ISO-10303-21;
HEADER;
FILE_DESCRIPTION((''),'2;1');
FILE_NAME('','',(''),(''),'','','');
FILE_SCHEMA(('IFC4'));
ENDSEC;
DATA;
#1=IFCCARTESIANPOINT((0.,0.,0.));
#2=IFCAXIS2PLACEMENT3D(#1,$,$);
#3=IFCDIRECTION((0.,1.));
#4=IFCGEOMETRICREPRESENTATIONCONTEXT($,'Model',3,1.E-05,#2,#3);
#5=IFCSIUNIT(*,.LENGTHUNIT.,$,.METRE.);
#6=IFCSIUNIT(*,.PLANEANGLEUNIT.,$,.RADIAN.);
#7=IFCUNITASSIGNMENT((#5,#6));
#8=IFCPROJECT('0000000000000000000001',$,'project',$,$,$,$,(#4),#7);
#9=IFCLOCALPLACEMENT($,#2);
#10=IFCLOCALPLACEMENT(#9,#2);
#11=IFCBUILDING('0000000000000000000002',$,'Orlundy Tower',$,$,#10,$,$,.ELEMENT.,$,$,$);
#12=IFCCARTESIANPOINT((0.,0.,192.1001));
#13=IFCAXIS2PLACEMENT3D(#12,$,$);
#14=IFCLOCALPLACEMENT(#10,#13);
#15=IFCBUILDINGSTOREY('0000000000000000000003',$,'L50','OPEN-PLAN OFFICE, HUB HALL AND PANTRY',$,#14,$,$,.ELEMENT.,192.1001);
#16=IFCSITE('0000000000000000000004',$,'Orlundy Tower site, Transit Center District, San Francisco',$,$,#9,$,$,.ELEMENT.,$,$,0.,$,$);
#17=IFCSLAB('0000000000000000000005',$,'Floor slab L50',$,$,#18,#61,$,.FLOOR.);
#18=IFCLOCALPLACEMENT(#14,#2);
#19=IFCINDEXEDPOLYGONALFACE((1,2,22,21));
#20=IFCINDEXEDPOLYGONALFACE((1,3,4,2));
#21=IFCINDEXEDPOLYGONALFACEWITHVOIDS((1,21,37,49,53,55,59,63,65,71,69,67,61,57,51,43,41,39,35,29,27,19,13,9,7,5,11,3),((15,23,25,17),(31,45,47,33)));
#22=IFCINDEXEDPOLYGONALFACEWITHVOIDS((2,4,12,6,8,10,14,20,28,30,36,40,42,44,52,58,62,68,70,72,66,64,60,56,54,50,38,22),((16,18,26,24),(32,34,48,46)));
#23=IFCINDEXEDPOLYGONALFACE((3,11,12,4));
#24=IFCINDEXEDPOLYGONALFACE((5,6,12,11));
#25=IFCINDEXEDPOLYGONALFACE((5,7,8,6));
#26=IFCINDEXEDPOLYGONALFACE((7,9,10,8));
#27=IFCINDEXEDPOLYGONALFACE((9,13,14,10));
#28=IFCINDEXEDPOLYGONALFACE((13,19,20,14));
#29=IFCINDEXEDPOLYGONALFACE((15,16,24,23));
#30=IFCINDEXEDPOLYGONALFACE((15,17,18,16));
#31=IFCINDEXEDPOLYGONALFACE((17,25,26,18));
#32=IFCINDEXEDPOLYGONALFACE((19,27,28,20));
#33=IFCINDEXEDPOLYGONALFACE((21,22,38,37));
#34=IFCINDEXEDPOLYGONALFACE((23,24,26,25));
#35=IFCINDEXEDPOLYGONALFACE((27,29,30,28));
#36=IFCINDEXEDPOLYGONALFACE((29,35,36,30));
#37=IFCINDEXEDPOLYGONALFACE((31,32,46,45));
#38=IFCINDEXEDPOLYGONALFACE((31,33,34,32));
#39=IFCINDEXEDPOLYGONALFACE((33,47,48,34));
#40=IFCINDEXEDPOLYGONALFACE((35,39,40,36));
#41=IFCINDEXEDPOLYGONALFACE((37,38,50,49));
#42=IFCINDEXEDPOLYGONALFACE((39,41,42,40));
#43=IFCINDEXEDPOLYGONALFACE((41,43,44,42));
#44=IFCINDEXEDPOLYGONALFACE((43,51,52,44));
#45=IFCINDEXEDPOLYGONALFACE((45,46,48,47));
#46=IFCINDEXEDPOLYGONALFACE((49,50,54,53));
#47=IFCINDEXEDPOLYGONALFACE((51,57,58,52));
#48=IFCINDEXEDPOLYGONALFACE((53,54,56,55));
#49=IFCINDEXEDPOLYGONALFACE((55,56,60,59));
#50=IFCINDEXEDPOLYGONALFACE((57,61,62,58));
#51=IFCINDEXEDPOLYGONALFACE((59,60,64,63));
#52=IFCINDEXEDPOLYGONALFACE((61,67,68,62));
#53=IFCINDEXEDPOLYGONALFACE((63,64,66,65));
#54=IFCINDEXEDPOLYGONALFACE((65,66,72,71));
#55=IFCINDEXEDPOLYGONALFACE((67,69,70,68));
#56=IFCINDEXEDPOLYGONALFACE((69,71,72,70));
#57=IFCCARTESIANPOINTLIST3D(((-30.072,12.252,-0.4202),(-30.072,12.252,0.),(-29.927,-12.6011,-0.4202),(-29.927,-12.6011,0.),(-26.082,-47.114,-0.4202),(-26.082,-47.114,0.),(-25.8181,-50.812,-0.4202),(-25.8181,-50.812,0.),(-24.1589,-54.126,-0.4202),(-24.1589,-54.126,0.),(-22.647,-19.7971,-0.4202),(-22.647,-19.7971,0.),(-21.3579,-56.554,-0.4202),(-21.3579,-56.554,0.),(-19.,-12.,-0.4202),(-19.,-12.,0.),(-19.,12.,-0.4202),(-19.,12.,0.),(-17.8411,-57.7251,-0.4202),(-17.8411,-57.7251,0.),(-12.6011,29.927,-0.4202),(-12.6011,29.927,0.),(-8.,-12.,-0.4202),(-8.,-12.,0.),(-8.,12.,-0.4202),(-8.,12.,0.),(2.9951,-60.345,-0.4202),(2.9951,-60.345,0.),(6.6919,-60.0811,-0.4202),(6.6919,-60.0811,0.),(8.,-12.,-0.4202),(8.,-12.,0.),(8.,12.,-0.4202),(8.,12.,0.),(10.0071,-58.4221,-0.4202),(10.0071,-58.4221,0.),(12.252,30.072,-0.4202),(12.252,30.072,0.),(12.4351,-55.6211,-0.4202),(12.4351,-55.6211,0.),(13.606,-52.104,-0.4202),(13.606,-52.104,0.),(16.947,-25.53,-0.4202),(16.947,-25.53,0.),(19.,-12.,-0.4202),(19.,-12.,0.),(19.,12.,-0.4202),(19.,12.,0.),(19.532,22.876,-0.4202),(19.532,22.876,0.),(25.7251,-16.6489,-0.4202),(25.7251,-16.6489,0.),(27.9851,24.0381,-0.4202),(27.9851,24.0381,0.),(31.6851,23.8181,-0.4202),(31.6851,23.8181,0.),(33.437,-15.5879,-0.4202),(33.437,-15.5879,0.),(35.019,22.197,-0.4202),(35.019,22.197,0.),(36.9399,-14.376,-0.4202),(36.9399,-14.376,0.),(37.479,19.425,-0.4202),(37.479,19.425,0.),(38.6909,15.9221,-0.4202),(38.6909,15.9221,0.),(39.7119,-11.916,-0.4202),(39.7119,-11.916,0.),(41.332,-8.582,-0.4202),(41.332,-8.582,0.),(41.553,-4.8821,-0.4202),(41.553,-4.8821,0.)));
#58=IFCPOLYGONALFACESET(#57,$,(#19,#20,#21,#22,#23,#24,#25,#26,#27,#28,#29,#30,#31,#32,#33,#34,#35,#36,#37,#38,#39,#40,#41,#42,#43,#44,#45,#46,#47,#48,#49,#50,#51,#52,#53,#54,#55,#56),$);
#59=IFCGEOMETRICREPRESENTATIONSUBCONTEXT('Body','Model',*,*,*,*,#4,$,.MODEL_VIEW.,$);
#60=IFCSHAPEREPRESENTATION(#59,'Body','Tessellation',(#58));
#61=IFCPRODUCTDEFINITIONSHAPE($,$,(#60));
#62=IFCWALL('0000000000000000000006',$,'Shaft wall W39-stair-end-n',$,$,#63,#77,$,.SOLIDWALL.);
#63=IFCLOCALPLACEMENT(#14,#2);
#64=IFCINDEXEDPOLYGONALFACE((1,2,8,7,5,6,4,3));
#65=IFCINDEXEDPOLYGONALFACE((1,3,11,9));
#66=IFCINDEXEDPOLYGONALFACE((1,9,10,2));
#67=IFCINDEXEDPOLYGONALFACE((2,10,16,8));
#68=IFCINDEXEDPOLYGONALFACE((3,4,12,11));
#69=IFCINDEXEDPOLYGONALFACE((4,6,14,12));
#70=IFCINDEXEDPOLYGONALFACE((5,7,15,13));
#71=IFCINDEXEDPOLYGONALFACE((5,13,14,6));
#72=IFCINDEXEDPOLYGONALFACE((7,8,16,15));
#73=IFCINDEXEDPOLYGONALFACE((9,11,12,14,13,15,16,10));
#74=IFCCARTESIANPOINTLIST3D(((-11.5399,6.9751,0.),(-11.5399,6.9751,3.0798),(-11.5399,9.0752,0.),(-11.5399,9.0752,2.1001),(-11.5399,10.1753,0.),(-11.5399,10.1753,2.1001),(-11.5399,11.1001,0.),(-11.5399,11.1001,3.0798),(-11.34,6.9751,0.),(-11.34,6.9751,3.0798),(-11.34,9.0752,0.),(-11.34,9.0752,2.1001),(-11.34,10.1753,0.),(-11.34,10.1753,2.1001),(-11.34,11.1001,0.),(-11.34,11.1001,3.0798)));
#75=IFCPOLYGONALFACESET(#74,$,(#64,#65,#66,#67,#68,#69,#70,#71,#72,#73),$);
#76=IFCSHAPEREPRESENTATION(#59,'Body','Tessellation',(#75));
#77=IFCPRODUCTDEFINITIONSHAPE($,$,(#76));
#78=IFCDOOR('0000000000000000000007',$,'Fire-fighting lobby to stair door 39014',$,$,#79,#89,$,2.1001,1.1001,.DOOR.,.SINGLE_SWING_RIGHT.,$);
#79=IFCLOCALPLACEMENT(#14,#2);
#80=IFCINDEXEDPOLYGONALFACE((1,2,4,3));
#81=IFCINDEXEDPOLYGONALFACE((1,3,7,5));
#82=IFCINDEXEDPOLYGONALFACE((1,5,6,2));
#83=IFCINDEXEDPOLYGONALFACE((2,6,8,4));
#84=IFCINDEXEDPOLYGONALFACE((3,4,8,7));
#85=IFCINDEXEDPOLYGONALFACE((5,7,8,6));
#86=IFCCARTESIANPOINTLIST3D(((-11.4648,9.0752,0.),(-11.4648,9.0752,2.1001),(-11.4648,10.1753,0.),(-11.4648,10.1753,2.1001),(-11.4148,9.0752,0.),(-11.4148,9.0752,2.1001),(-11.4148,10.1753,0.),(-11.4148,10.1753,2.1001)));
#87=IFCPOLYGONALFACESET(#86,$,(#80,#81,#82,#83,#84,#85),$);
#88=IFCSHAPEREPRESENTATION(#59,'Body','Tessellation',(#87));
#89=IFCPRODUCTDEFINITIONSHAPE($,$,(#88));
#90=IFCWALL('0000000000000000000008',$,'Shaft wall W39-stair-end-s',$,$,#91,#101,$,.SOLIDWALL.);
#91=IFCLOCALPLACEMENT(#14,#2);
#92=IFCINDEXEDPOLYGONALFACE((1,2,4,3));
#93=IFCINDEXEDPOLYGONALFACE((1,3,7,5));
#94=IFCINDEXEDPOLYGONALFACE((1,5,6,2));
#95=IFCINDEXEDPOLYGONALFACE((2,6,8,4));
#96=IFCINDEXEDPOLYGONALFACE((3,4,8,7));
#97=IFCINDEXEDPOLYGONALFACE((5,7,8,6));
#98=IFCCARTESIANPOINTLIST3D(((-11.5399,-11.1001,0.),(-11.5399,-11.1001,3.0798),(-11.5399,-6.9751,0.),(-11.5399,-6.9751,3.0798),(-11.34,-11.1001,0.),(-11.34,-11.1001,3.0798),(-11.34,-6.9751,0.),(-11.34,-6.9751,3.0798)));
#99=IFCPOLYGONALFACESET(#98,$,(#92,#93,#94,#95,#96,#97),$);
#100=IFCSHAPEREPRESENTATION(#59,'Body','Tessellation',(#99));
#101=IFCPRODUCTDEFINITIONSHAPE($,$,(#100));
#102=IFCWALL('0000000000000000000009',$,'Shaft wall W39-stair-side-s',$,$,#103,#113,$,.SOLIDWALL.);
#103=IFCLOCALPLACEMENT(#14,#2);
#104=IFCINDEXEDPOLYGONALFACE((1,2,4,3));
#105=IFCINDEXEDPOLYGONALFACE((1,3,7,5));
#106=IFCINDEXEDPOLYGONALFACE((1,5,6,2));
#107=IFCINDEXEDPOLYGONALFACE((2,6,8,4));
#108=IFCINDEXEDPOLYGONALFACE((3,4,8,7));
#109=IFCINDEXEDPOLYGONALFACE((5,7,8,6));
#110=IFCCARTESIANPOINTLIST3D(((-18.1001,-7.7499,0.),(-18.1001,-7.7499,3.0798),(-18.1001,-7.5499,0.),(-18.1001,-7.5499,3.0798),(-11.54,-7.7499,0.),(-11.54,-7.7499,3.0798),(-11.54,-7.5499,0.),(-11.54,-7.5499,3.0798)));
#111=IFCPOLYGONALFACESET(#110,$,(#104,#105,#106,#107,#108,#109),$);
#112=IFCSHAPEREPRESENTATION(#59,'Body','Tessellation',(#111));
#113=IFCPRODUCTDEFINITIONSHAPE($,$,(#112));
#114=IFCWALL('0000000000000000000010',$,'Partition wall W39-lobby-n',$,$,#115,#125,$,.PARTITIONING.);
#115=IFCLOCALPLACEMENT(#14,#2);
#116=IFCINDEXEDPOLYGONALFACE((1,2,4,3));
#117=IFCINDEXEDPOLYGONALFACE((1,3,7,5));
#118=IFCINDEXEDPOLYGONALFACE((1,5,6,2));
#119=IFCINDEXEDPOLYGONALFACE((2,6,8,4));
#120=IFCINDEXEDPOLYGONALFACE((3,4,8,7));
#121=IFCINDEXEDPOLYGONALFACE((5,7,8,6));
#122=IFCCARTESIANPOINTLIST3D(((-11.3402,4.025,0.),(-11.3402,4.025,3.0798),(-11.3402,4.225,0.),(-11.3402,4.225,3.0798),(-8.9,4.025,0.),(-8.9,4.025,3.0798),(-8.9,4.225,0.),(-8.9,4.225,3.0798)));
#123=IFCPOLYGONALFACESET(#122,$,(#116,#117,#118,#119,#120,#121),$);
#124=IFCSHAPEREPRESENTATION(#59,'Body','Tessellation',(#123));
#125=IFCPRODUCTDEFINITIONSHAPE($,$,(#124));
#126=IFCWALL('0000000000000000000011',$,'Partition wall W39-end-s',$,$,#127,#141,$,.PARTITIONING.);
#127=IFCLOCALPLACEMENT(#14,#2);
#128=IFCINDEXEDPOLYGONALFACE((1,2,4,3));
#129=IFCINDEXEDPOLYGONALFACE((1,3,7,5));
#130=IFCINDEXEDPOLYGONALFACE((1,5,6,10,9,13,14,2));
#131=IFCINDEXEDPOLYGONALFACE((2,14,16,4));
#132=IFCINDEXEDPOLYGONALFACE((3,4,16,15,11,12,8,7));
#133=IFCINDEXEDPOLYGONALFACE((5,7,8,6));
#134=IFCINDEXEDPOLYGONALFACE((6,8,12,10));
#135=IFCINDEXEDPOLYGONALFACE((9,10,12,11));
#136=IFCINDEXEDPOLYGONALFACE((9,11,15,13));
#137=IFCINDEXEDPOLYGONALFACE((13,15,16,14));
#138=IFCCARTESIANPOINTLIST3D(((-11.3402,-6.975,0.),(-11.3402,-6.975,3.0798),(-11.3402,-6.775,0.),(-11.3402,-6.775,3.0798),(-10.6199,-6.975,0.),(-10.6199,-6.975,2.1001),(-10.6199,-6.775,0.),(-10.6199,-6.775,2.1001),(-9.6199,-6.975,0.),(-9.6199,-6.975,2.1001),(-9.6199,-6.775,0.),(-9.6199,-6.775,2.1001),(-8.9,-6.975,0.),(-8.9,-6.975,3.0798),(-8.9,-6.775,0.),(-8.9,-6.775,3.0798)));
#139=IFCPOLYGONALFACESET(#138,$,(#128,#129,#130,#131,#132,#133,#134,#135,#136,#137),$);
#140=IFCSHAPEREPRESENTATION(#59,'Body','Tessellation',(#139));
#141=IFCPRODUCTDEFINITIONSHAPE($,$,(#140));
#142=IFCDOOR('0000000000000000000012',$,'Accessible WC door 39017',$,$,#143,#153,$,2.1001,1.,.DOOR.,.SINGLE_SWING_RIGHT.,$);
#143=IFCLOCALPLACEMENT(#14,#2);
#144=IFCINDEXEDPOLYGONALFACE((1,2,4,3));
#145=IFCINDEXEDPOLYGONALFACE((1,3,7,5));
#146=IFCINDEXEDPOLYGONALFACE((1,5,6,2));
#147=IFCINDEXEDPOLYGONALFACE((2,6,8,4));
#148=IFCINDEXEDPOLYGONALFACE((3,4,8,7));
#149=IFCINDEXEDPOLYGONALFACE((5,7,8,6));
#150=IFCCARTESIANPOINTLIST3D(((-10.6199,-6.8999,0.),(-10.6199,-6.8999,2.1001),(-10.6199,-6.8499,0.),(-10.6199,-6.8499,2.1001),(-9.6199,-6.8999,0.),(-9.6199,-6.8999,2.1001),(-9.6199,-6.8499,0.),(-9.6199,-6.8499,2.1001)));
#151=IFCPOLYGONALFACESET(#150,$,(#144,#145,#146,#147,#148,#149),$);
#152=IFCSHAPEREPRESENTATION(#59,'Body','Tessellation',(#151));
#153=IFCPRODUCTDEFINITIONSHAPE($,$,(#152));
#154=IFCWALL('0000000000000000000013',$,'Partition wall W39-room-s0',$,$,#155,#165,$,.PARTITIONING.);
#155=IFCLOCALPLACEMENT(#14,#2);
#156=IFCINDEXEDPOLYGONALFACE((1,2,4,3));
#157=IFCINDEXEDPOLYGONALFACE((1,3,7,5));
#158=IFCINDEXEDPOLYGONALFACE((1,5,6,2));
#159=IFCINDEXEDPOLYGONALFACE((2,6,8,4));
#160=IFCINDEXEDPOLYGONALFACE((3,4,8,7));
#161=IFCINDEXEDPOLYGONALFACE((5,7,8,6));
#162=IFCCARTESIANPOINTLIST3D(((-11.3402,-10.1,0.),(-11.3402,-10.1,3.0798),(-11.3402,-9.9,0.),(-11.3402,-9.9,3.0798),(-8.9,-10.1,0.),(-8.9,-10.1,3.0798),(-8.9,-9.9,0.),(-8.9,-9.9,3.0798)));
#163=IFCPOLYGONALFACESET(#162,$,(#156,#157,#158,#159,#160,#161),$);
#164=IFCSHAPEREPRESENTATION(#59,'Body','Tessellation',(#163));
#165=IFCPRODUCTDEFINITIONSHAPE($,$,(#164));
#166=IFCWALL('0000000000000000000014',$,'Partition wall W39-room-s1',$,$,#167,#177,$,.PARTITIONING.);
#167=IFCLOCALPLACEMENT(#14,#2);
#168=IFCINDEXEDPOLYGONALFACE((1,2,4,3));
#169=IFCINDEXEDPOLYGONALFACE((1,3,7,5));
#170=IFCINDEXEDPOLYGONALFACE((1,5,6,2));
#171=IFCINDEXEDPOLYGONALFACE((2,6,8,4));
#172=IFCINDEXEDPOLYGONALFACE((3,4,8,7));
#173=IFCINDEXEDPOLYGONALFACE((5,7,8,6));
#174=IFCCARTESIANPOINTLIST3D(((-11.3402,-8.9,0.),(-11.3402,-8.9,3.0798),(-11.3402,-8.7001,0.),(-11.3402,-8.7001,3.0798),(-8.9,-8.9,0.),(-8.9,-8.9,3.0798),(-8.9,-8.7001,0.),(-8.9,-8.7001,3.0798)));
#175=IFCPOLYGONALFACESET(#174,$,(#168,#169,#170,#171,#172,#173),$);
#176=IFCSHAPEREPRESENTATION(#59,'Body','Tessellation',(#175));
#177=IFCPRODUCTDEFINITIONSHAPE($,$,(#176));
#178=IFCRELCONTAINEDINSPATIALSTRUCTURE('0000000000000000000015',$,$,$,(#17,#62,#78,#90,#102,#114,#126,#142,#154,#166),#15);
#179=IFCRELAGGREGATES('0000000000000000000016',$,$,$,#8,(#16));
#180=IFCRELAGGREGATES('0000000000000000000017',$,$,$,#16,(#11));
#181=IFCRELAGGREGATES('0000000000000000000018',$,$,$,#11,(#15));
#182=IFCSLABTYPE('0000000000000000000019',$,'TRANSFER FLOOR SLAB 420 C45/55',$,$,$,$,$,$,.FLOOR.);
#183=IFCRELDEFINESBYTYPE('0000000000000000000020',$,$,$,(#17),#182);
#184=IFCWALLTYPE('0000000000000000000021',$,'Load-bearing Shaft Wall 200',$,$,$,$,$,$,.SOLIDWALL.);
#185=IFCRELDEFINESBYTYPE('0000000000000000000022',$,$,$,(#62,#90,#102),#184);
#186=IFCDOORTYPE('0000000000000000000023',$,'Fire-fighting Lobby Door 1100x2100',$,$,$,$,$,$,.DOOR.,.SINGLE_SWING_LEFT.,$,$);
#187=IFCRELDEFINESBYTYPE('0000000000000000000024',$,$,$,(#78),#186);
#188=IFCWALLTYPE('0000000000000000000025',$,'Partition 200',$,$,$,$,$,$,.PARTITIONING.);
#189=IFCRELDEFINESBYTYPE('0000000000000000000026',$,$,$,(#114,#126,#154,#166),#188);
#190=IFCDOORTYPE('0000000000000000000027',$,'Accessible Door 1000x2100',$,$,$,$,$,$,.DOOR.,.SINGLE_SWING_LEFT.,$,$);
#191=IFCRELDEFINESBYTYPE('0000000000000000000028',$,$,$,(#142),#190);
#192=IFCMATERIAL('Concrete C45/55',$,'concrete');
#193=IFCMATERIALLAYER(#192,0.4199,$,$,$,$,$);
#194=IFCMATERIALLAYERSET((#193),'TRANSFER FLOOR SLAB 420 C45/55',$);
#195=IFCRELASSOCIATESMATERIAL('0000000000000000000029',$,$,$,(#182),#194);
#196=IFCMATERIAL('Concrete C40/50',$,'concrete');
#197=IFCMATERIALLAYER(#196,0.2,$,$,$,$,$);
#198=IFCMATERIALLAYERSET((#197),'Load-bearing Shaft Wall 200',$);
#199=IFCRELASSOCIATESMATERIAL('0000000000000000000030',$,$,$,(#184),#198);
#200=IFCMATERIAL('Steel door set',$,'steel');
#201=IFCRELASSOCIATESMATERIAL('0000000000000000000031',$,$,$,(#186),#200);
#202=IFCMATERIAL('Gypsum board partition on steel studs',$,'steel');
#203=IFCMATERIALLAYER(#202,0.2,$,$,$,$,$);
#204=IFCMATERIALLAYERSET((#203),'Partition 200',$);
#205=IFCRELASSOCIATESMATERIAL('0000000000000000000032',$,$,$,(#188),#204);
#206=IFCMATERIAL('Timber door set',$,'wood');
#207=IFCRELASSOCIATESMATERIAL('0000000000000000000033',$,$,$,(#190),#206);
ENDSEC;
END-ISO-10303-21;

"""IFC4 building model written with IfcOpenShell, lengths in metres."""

from ifc_helpers import new_model, si_unit, direction, frame, frame_2d, origin, place, context, subcontext, project, spatial, polyline, rectangle, outline, extrude, material, layer, layer_set, type_object, element, fill, save


model = new_model("IFC4")

# Units and contexts
model_context = context("Model", 3, precision=1e-05, world=origin(), true_north=direction((0.0, 1.0)))
body_context = subcontext(model_context, "Body", "Model", "MODEL_VIEW")
ifc_project = project(units=[si_unit("LENGTHUNIT", "METRE"), si_unit("PLANEANGLEUNIT", "RADIAN")], contexts=[model_context])

# Site, building, storey
site_placement = place(None, origin())
site = spatial("IfcSite", under=ifc_project, at=site_placement, Name="Orlundy Tower site, Transit Center District, San Francisco", CompositionType="ELEMENT", RefElevation=0.0)
building_placement = place(site_placement, origin())
building = spatial("IfcBuilding", under=site, at=building_placement, Name="Orlundy Tower", CompositionType="ELEMENT")
storey_placement = place(building_placement, frame((0.0, 0.0, 192.1001)))
storey = spatial("IfcBuildingStorey", under=building, at=storey_placement, Name="L50", Description="OPEN-PLAN OFFICE, HUB HALL AND PANTRY", CompositionType="ELEMENT", Elevation=192.1001)

# Slab
ifc_material_1 = material(Name="Concrete C45/55", Category="concrete")
ifc_layer_1 = layer(ifc_material_1, 0.4199)
ifc_layer_set_1 = layer_set([ifc_layer_1], Name="TRANSFER FLOOR SLAB 420 C45/55")
slab_type_1 = type_object("IfcSlabType", Name="TRANSFER FLOOR SLAB 420 C45/55", PredefinedType="FLOOR", material=ifc_layer_set_1)
slab_1_placement = place(storey_placement, frame((0.0, 0.0, -0.4202)))
element("IfcSlab", 1, at=slab_1_placement, inside=storey, type_object=slab_type_1, Name="Floor slab L50", PredefinedType="FLOOR", context=body_context, shape_type="SweptSolid", body=[
    extrude(outline(polyline([(-22.647, -19.7971), (-29.927, -12.6011), (-30.072, 12.252), (-12.6011, 29.927), (12.252, 30.072), (19.532, 22.876), (27.9851, 24.0381), (31.6851, 23.8181), (35.019, 22.197), (37.479, 19.425), (38.6909, 15.9221), (41.553, -4.8821), (41.332, -8.582), (39.7119, -11.916), (36.9399, -14.376), (33.437, -15.5879), (25.7251, -16.6489), (16.947, -25.53), (13.606, -52.104), (12.4351, -55.6211), (10.0071, -58.4221), (6.6919, -60.0811), (2.9951, -60.345), (-17.8411, -57.7251), (-21.3579, -56.554), (-24.1589, -54.126), (-25.8181, -50.812), (-26.082, -47.114), (-22.647, -19.7971)]), holes=[polyline([(-8.0, -12.0), (-8.0, 12.0), (-19.0, 12.0), (-19.0, -12.0), (-8.0, -12.0)]), polyline([(19.0, -12.0), (19.0, 12.0), (8.0, 12.0), (8.0, -12.0), (19.0, -12.0)])]), origin(), (0.0, 0.0, 1.0), 0.4202),
])

# Wall, opening, door
ifc_material_2 = material(Name="Concrete C40/50", Category="concrete")
ifc_layer_2 = layer(ifc_material_2, 0.2)
ifc_layer_set_2 = layer_set([ifc_layer_2], Name="Load-bearing Shaft Wall 200")
wall_type_1 = type_object("IfcWallType", Name="Load-bearing Shaft Wall 200", PredefinedType="SOLIDWALL", material=ifc_layer_set_2)
wall_1_placement = place(storey_placement, frame((-11.4399, 6.9751, 0.0), z_axis=(0.0, 0.0, 1.0), x_axis=(0.0, 1.0, 0.0)))
wall_1 = element("IfcWall", 2, at=wall_1_placement, inside=storey, type_object=wall_type_1, Name="Shaft wall W39-stair-end-n", PredefinedType="SOLIDWALL", context=body_context, shape_type="SweptSolid", body=[
    extrude(rectangle(XDim=4.125, YDim=0.2, at=frame_2d((2.0625, 0.0))), origin(), (0.0, 0.0, 1.0), 3.0798),
])
opening_1_placement = place(wall_1_placement, frame((2.1001, 0.0, 0.0)))
opening_1 = element("IfcOpeningElement", 3, at=opening_1_placement, cuts=wall_1, PredefinedType="OPENING", context=body_context, shape_type="SweptSolid", body=[
    extrude(rectangle(XDim=1.1001, YDim=2.1001, at=frame_2d((0.55, 1.05))), frame((0.0, 0.1101, 0.0), z_axis=(0.0, -1.0, 0.0), x_axis=(1.0, 0.0, 0.0)), (0.0, 0.0, 1.0), 0.2202),
])
ifc_material_3 = material(Name="Steel door set", Category="steel")
door_type_1 = type_object("IfcDoorType", Name="Fire-fighting Lobby Door 1100x2100", OperationType="SINGLE_SWING_LEFT", PredefinedType="DOOR", material=ifc_material_3)
door_1_placement = place(opening_1_placement, origin())
door_1 = element("IfcDoor", 4, at=door_1_placement, inside=storey, type_object=door_type_1, Name="Fire-fighting lobby to stair door 39014", OperationType="SINGLE_SWING_RIGHT", OverallHeight=2.1001, OverallWidth=1.1001, PredefinedType="DOOR", context=body_context, shape_type="SweptSolid", body=[
    extrude(rectangle(XDim=1.1001, YDim=2.1001, at=frame_2d((0.55, 1.05))), frame((0.0, 0.0249, 0.0), z_axis=(0.0, -1.0, 0.0), x_axis=(1.0, 0.0, 0.0)), (0.0, 0.0, 1.0), 0.05),
])
fill(opening_1, door_1)

# Walls
wall_2_placement = place(storey_placement, frame((-11.4399, -11.1001, 0.0), z_axis=(0.0, 0.0, 1.0), x_axis=(0.0, 1.0, 0.0)))
element("IfcWall", 5, at=wall_2_placement, inside=storey, type_object=wall_type_1, Name="Shaft wall W39-stair-end-s", PredefinedType="SOLIDWALL", context=body_context, shape_type="SweptSolid", body=[
    extrude(rectangle(XDim=4.125, YDim=0.2, at=frame_2d((2.0625, 0.0))), origin(), (0.0, 0.0, 1.0), 3.0798),
])
wall_3_placement = place(storey_placement, frame((-11.54, -7.6499, 0.0), z_axis=(0.0, 0.0, 1.0), x_axis=(-1.0, 0.0, 0.0)))
element("IfcWall", 6, at=wall_3_placement, inside=storey, type_object=wall_type_1, Name="Shaft wall W39-stair-side-s", PredefinedType="SOLIDWALL", context=body_context, shape_type="SweptSolid", body=[
    extrude(rectangle(XDim=6.5601, YDim=0.2, at=frame_2d((3.28, 0.0))), origin(), (0.0, 0.0, 1.0), 3.0798),
])
ifc_material_4 = material(Name="Gypsum board partition on steel studs", Category="steel")
ifc_layer_3 = layer(ifc_material_4, 0.2)
ifc_layer_set_3 = layer_set([ifc_layer_3], Name="Partition 200")
wall_type_2 = type_object("IfcWallType", Name="Partition 200", PredefinedType="PARTITIONING", material=ifc_layer_set_3)
wall_4_placement = place(storey_placement, frame((-8.8999, 4.125, 0.0), z_axis=(0.0, 0.0, 1.0), x_axis=(-1.0, 0.0, 0.0)))
element("IfcWall", 7, at=wall_4_placement, inside=storey, type_object=wall_type_2, Name="Partition wall W39-lobby-n", PredefinedType="PARTITIONING", context=body_context, shape_type="SweptSolid", body=[
    extrude(rectangle(XDim=2.4402, YDim=0.2, at=frame_2d((1.2202, 0.0))), origin(), (0.0, 0.0, 1.0), 3.0798),
])

# Wall, opening, door
wall_5_placement = place(storey_placement, frame((-8.8999, -6.875, 0.0), z_axis=(0.0, 0.0, 1.0), x_axis=(-1.0, 0.0, 0.0)))
wall_5 = element("IfcWall", 8, at=wall_5_placement, inside=storey, type_object=wall_type_2, Name="Partition wall W39-end-s", PredefinedType="PARTITIONING", context=body_context, shape_type="SweptSolid", body=[
    extrude(rectangle(XDim=2.4402, YDim=0.2, at=frame_2d((1.2202, 0.0))), origin(), (0.0, 0.0, 1.0), 3.0798),
])
opening_2_placement = place(wall_5_placement, frame((0.72, 0.0, 0.0)))
opening_2 = element("IfcOpeningElement", 9, at=opening_2_placement, cuts=wall_5, PredefinedType="OPENING", context=body_context, shape_type="SweptSolid", body=[
    extrude(rectangle(XDim=1.0, YDim=2.1001, at=frame_2d((0.5, 1.05))), frame((0.0, 0.1101, 0.0), z_axis=(0.0, -1.0, 0.0), x_axis=(1.0, 0.0, 0.0)), (0.0, 0.0, 1.0), 0.2202),
])
ifc_material_5 = material(Name="Timber door set", Category="wood")
door_type_2 = type_object("IfcDoorType", Name="Accessible Door 1000x2100", OperationType="SINGLE_SWING_LEFT", PredefinedType="DOOR", material=ifc_material_5)
door_2_placement = place(opening_2_placement, origin())
door_2 = element("IfcDoor", 10, at=door_2_placement, inside=storey, type_object=door_type_2, Name="Accessible WC door 39017", OperationType="SINGLE_SWING_RIGHT", OverallHeight=2.1001, OverallWidth=1.0, PredefinedType="DOOR", context=body_context, shape_type="SweptSolid", body=[
    extrude(rectangle(XDim=1.0, YDim=2.1001, at=frame_2d((0.5, 1.05))), frame((0.0, 0.0249, 0.0), z_axis=(0.0, -1.0, 0.0), x_axis=(1.0, 0.0, 0.0)), (0.0, 0.0, 1.0), 0.05),
])
fill(opening_2, door_2)

# Walls
for number, where, z_axis, x_axis, name in (
    (11, (-8.8999, -10.0, 0.0), (0.0, 0.0, 1.0), (-1.0, 0.0, 0.0), "Partition wall W39-room-s0"),
    (12, (-8.8999, -8.8, 0.0), (0.0, 0.0, 1.0), (-1.0, 0.0, 0.0), "Partition wall W39-room-s1"),
):
    element("IfcWall", number, at=place(storey_placement, frame(where, z_axis=z_axis, x_axis=x_axis)), inside=storey, type_object=wall_type_2, Name=name, PredefinedType="PARTITIONING", context=body_context, shape_type="SweptSolid", body=[
        extrude(rectangle(XDim=2.4402, YDim=0.2, at=frame_2d((1.2202, 0.0))), origin(), (0.0, 0.0, 1.0), 3.0798),
    ])

save(model, "model.ifc")
